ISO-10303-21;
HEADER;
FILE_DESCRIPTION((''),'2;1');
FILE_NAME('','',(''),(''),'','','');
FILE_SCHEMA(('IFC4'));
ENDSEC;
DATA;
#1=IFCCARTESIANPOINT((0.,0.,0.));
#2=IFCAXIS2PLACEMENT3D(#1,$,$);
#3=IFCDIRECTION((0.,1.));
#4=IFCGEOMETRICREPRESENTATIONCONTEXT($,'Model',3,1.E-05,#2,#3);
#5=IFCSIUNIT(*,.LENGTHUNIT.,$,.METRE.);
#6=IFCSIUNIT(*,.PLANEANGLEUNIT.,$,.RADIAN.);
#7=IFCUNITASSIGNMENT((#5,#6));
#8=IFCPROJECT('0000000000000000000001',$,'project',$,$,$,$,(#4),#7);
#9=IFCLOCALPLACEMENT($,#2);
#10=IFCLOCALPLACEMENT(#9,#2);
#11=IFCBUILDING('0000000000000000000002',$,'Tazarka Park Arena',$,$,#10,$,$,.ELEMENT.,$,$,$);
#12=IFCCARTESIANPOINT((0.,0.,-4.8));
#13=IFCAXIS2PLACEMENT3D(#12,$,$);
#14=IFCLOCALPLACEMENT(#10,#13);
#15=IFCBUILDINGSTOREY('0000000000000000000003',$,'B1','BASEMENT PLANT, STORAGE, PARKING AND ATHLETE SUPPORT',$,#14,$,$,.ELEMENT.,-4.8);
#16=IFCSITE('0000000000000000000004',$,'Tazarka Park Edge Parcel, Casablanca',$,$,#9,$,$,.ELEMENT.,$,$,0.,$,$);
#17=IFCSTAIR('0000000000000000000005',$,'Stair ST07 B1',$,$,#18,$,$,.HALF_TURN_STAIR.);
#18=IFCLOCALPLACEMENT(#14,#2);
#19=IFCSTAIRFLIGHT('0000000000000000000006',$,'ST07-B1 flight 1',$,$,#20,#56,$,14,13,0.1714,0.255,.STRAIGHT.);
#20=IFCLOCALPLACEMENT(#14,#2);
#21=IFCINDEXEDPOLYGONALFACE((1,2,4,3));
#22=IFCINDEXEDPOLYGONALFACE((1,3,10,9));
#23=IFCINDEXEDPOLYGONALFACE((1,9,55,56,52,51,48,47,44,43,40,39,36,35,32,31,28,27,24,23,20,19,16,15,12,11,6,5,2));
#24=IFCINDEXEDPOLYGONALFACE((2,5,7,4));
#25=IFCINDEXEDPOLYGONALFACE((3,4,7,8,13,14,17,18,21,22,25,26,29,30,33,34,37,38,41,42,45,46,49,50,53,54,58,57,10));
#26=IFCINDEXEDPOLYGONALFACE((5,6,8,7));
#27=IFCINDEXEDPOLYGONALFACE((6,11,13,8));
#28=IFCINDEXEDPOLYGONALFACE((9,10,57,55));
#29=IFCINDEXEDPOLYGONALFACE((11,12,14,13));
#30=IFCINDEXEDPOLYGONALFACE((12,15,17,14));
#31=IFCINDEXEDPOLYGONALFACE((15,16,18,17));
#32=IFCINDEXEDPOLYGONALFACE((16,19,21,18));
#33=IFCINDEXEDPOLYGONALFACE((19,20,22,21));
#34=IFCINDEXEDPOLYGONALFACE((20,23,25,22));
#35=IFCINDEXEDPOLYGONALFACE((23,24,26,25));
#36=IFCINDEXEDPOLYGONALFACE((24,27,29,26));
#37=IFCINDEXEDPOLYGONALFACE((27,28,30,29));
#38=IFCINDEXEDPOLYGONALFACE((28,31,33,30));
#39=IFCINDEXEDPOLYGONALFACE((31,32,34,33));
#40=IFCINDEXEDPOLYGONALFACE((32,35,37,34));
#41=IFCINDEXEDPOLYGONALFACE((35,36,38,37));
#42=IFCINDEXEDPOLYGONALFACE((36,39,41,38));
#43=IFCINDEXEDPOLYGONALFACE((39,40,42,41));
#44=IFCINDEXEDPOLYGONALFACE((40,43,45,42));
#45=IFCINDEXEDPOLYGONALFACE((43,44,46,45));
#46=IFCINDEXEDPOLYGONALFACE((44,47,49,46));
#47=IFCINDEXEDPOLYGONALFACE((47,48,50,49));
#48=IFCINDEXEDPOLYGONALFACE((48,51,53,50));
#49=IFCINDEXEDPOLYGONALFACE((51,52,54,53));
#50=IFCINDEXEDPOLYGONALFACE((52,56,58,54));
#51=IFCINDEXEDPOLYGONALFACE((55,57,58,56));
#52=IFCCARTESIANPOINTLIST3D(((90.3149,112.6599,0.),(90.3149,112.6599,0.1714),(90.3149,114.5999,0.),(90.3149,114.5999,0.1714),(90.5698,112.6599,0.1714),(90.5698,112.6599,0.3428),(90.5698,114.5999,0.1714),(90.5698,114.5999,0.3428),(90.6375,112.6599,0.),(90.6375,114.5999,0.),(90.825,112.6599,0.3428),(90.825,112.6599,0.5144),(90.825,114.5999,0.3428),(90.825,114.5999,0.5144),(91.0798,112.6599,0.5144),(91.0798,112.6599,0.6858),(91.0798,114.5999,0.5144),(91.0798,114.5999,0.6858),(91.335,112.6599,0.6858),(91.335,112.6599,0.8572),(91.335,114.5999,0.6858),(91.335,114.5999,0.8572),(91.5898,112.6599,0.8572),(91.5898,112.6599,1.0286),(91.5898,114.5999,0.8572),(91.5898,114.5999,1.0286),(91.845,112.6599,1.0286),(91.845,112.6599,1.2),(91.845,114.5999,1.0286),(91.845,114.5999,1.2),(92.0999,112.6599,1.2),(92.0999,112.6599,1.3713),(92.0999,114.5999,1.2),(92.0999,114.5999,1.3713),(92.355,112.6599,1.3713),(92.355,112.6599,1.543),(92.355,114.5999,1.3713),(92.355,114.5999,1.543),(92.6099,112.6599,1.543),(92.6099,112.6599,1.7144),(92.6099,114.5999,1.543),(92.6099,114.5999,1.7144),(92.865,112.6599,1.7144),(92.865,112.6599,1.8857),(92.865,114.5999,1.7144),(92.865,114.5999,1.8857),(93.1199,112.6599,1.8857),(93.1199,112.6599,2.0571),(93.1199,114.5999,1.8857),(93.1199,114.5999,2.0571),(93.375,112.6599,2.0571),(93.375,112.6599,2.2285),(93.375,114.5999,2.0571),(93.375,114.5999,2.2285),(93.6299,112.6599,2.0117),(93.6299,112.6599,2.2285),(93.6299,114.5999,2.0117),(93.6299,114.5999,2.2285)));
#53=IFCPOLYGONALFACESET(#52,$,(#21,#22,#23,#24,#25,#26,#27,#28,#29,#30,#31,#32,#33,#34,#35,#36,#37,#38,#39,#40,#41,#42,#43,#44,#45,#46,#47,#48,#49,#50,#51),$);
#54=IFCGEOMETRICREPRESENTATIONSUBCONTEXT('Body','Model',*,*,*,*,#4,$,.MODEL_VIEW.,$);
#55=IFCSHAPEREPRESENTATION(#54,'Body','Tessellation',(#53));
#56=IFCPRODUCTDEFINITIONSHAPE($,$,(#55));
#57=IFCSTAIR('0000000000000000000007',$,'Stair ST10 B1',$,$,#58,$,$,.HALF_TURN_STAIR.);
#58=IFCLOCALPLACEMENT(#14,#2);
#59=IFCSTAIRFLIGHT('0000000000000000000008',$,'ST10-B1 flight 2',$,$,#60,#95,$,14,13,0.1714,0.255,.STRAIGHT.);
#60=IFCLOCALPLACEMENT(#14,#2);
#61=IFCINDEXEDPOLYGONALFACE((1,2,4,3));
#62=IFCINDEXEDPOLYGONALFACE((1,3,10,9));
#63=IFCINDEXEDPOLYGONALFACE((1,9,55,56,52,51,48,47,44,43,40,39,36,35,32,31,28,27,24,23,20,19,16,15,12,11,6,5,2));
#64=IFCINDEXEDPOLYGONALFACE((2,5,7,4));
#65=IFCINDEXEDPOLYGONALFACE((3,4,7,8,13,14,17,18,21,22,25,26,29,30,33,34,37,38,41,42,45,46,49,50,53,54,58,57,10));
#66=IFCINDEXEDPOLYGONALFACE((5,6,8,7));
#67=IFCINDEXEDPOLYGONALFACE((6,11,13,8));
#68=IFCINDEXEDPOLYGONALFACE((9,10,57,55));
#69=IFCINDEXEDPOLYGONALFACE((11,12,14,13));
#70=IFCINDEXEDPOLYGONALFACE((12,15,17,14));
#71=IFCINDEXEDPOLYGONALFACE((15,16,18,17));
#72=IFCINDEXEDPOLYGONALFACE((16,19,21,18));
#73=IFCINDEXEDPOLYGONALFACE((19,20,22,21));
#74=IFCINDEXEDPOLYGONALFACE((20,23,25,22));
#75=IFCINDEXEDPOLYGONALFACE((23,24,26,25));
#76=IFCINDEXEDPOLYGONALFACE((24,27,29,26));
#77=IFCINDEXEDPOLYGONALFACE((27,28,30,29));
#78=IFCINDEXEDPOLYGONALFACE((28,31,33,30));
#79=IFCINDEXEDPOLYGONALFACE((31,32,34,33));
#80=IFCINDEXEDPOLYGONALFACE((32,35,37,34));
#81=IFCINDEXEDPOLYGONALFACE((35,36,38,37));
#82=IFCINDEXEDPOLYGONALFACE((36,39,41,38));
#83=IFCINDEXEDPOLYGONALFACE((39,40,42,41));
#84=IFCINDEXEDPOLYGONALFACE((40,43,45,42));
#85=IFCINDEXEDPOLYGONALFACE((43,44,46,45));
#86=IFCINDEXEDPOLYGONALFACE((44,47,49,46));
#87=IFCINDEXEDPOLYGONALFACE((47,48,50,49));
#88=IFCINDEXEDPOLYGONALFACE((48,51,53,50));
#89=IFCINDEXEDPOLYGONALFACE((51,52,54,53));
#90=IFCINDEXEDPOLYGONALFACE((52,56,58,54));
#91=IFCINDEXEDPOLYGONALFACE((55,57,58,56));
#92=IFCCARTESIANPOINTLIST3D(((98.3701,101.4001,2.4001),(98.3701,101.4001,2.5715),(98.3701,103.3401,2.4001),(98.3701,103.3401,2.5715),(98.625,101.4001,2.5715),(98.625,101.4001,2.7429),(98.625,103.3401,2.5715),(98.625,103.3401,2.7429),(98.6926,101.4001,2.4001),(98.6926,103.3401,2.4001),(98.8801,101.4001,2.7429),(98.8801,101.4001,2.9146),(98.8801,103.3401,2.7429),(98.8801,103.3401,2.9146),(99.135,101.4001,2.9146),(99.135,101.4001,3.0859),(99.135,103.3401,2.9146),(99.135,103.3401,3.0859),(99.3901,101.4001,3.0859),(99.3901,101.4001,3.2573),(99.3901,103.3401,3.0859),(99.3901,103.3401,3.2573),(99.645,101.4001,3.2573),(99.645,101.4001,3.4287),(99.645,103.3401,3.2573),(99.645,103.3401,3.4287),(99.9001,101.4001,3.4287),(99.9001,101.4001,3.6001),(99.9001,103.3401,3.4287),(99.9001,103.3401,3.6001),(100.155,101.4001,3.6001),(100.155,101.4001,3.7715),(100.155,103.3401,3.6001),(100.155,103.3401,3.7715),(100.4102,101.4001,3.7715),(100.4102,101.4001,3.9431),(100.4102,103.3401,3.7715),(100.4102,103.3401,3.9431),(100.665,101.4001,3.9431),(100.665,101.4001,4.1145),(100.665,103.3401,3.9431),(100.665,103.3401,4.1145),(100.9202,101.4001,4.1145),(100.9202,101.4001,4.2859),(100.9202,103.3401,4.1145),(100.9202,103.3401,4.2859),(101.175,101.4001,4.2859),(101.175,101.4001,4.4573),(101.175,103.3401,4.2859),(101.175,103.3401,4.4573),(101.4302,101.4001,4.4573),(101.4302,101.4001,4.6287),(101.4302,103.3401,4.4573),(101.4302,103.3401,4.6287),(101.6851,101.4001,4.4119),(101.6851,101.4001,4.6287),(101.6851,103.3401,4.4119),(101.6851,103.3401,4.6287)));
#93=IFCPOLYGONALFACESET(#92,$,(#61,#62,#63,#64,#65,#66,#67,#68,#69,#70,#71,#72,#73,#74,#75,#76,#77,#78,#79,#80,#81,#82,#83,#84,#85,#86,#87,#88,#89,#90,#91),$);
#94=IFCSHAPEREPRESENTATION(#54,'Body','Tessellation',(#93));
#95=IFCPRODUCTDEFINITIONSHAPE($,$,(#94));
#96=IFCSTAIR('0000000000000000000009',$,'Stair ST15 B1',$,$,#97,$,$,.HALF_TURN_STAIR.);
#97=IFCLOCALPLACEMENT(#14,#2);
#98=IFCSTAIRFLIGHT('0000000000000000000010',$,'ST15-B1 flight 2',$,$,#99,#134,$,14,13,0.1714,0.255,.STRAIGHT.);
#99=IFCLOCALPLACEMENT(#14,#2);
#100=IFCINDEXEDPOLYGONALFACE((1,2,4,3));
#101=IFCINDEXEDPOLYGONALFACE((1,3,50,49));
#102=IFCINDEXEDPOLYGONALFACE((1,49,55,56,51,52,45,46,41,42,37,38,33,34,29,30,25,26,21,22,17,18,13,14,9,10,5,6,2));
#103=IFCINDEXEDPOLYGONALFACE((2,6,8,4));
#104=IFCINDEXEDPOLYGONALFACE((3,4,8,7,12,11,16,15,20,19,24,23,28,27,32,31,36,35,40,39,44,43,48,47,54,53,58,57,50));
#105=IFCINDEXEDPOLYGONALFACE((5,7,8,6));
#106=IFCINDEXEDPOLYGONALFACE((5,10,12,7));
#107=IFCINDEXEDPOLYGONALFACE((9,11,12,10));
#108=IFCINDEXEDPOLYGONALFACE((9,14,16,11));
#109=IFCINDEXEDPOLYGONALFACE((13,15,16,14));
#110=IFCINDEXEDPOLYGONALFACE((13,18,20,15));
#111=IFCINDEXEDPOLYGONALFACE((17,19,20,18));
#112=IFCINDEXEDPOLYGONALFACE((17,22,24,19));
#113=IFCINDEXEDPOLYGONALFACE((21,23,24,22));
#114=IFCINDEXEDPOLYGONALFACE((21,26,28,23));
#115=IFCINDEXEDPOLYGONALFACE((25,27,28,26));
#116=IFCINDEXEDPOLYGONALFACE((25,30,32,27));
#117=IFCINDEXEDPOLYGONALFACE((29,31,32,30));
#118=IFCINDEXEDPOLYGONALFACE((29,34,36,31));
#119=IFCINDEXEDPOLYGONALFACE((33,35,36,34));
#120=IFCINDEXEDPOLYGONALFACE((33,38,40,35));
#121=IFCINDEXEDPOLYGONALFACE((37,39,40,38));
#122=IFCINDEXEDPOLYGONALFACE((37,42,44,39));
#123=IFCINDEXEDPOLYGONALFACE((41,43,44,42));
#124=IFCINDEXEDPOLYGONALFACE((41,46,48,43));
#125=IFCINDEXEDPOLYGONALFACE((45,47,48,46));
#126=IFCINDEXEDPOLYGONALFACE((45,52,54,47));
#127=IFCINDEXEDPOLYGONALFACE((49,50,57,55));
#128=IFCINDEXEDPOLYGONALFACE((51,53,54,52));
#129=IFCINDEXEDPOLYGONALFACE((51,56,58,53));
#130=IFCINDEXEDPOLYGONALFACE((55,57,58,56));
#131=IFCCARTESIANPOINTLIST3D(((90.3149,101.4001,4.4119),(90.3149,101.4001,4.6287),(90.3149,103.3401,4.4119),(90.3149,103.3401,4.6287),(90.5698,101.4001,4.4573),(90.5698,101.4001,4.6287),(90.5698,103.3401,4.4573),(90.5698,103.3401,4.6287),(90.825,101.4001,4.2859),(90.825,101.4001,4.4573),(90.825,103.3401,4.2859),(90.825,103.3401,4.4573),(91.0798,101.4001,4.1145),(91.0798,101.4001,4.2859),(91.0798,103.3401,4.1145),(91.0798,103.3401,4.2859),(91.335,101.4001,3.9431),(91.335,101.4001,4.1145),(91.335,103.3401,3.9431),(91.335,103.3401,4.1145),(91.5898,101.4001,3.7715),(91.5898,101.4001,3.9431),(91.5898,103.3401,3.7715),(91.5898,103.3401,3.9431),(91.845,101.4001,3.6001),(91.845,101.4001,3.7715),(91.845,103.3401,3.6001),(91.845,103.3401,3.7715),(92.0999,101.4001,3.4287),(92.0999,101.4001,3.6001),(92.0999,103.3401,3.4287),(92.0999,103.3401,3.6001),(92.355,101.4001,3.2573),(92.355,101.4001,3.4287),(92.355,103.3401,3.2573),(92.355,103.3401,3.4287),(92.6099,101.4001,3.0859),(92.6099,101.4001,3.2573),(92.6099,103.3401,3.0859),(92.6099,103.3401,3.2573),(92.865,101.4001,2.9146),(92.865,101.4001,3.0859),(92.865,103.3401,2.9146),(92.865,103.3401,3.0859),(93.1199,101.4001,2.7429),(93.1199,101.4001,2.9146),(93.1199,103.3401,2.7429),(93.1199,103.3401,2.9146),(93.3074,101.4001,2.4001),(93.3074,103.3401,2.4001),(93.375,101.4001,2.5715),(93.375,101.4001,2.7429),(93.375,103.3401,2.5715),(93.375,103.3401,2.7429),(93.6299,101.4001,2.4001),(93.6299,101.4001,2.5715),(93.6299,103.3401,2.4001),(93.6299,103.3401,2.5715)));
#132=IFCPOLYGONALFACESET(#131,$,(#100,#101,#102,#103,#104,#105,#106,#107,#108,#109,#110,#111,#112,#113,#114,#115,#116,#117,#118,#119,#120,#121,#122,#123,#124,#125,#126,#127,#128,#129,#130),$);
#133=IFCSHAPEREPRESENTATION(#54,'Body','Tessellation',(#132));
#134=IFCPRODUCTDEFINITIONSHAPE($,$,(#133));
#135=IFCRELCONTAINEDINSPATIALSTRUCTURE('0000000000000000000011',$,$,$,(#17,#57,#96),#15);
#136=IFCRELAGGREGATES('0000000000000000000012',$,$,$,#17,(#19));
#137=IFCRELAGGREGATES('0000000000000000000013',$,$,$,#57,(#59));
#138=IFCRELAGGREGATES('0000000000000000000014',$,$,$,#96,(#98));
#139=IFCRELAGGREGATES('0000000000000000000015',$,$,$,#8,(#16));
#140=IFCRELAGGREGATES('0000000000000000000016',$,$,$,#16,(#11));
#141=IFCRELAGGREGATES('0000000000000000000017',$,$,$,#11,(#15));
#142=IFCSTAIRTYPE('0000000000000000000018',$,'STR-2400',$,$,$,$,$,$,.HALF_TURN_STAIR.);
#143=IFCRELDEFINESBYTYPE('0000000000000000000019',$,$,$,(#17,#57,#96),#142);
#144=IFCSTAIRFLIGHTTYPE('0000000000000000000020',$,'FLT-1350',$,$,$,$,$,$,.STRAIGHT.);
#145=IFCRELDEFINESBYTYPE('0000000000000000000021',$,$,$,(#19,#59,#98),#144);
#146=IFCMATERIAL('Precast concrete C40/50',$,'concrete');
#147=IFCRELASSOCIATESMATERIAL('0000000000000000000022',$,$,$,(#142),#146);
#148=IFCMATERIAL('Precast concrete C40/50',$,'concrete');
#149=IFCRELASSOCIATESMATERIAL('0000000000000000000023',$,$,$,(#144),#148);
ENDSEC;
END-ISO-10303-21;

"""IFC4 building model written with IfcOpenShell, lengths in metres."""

from ifc_helpers import new_model, si_unit, direction, frame, origin, place, context, subcontext, project, spatial, polyline, outline, extrude, material, type_object, element, aggregate, save


model = new_model("IFC4")

# Units and contexts
model_context = context("Model", 3, precision=1e-05, world=origin(), true_north=direction((0.0, 1.0)))
body_context = subcontext(model_context, "Body", "Model", "MODEL_VIEW")
ifc_project = project(units=[si_unit("LENGTHUNIT", "METRE"), si_unit("PLANEANGLEUNIT", "RADIAN")], contexts=[model_context])

# Site, building, storey
site_placement = place(None, origin())
site = spatial("IfcSite", under=ifc_project, at=site_placement, Name="Tazarka Park Edge Parcel, Casablanca", CompositionType="ELEMENT", RefElevation=0.0)
building_placement = place(site_placement, origin())
building = spatial("IfcBuilding", under=site, at=building_placement, Name="Tazarka Park Arena", CompositionType="ELEMENT")
storey_placement = place(building_placement, frame((0.0, 0.0, -4.8)))
storey = spatial("IfcBuildingStorey", under=building, at=storey_placement, Name="B1", Description="BASEMENT PLANT, STORAGE, PARKING AND ATHLETE SUPPORT", CompositionType="ELEMENT", Elevation=-4.8)

# Stairs, stair flights
ifc_material_1 = material(Name="Precast concrete C40/50", Category="concrete")
stair_type = type_object("IfcStairType", Name="STR-2400", PredefinedType="HALF_TURN_STAIR", material=ifc_material_1)
stair_1_placement = place(storey_placement, origin())
stair_1 = element("IfcStair", 1, at=stair_1_placement, inside=storey, type_object=stair_type, Name="Stair ST07 B1", PredefinedType="HALF_TURN_STAIR")
ifc_material_2 = material(Name="Precast concrete C40/50", Category="concrete")
stair_flight_type = type_object("IfcStairFlightType", Name="FLT-1350", PredefinedType="STRAIGHT", material=ifc_material_2)
stair_flight_1_placement = place(storey_placement, frame((90.3149, 113.6299, 0.0), z_axis=(0.0, 0.0, 1.0), x_axis=(1.0, 0.0, 0.0)))
stair_flight_1 = element("IfcStairFlight", 2, at=stair_flight_1_placement, type_object=stair_flight_type, Name="ST07-B1 flight 1", NumberOfRisers=14, NumberOfTreads=13, PredefinedType="STRAIGHT", RiserHeight=0.1714, TreadLength=0.255, context=body_context, shape_type="SweptSolid", body=[
    extrude(outline(polyline([(0.0, 0.0), (0.0, 0.1714), (0.2549, 0.1714), (0.2549, 0.3428), (0.51, 0.3428), (0.51, 0.5144), (0.7649, 0.5144), (0.7649, 0.6858), (1.02, 0.6858), (1.02, 0.8572), (1.2749, 0.8572), (1.2749, 1.0286), (1.53, 1.0286), (1.53, 1.2), (1.7849, 1.2), (1.7849, 1.3713), (2.04, 1.3713), (2.04, 1.543), (2.2949, 1.543), (2.2949, 1.7144), (2.55, 1.7144), (2.55, 1.8857), (2.8049, 1.8857), (2.8049, 2.0571), (3.0601, 2.0571), (3.0601, 2.2285), (3.3149, 2.2285), (3.3149, 2.3999), (3.3149, 2.0117), (0.3225, 0.0), (0.0, 0.0)])), frame((0.0, 0.97, 0.0), z_axis=(0.0, -1.0, 0.0), x_axis=(1.0, 0.0, 0.0)), (0.0, 0.0, 1.0), 1.9399),
])
aggregate(stair_1, [stair_flight_1])
stair_2_placement = place(storey_placement, origin())
stair_2 = element("IfcStair", 3, at=stair_2_placement, inside=storey, type_object=stair_type, Name="Stair ST10 B1", PredefinedType="HALF_TURN_STAIR")
stair_flight_2_placement = place(storey_placement, frame((98.3701, 102.3701, 2.4001), z_axis=(0.0, 0.0, 1.0), x_axis=(1.0, 0.0, 0.0)))
stair_flight_2 = element("IfcStairFlight", 4, at=stair_flight_2_placement, type_object=stair_flight_type, Name="ST10-B1 flight 2", NumberOfRisers=14, NumberOfTreads=13, PredefinedType="STRAIGHT", RiserHeight=0.1714, TreadLength=0.255, context=body_context, shape_type="SweptSolid", body=[
    extrude(outline(polyline([(0.0, 0.0), (0.0, 0.1714), (0.2549, 0.1714), (0.2549, 0.3428), (0.51, 0.3428), (0.51, 0.5144), (0.7649, 0.5144), (0.7649, 0.6858), (1.02, 0.6858), (1.02, 0.8572), (1.2749, 0.8572), (1.2749, 1.0286), (1.53, 1.0286), (1.53, 1.2), (1.7849, 1.2), (1.7849, 1.3713), (2.04, 1.3713), (2.04, 1.543), (2.2949, 1.543), (2.2949, 1.7144), (2.55, 1.7144), (2.55, 1.8857), (2.8049, 1.8857), (2.8049, 2.0571), (3.0601, 2.0571), (3.0601, 2.2285), (3.3149, 2.2285), (3.3149, 2.3999), (3.3149, 2.0117), (0.3225, 0.0), (0.0, 0.0)])), frame((0.0, 0.97, 0.0), z_axis=(0.0, -1.0, 0.0), x_axis=(1.0, 0.0, 0.0)), (0.0, 0.0, 1.0), 1.9399),
])
aggregate(stair_2, [stair_flight_2])
stair_3_placement = place(storey_placement, origin())
stair_3 = element("IfcStair", 5, at=stair_3_placement, inside=storey, type_object=stair_type, Name="Stair ST15 B1", PredefinedType="HALF_TURN_STAIR")
stair_flight_3_placement = place(storey_placement, frame((93.6299, 102.3701, 2.4001), z_axis=(0.0, 0.0, 1.0), x_axis=(-1.0, 0.0, 0.0)))
stair_flight_3 = element("IfcStairFlight", 6, at=stair_flight_3_placement, type_object=stair_flight_type, Name="ST15-B1 flight 2", NumberOfRisers=14, NumberOfTreads=13, PredefinedType="STRAIGHT", RiserHeight=0.1714, TreadLength=0.255, context=body_context, shape_type="SweptSolid", body=[
    extrude(outline(polyline([(0.0, 0.0), (0.0, 0.1714), (0.2549, 0.1714), (0.2549, 0.3428), (0.51, 0.3428), (0.51, 0.5144), (0.7649, 0.5144), (0.7649, 0.6858), (1.02, 0.6858), (1.02, 0.8572), (1.2749, 0.8572), (1.2749, 1.0286), (1.53, 1.0286), (1.53, 1.2), (1.7849, 1.2), (1.7849, 1.3713), (2.04, 1.3713), (2.04, 1.543), (2.2949, 1.543), (2.2949, 1.7144), (2.55, 1.7144), (2.55, 1.8857), (2.8049, 1.8857), (2.8049, 2.0571), (3.0601, 2.0571), (3.0601, 2.2285), (3.3149, 2.2285), (3.3149, 2.3999), (3.3149, 2.0117), (0.3225, 0.0), (0.0, 0.0)])), frame((0.0, 0.97, 0.0), z_axis=(0.0, -1.0, 0.0), x_axis=(1.0, 0.0, 0.0)), (0.0, 0.0, 1.0), 1.9399),
])
aggregate(stair_3, [stair_flight_3])

save(model, "model.ifc")
